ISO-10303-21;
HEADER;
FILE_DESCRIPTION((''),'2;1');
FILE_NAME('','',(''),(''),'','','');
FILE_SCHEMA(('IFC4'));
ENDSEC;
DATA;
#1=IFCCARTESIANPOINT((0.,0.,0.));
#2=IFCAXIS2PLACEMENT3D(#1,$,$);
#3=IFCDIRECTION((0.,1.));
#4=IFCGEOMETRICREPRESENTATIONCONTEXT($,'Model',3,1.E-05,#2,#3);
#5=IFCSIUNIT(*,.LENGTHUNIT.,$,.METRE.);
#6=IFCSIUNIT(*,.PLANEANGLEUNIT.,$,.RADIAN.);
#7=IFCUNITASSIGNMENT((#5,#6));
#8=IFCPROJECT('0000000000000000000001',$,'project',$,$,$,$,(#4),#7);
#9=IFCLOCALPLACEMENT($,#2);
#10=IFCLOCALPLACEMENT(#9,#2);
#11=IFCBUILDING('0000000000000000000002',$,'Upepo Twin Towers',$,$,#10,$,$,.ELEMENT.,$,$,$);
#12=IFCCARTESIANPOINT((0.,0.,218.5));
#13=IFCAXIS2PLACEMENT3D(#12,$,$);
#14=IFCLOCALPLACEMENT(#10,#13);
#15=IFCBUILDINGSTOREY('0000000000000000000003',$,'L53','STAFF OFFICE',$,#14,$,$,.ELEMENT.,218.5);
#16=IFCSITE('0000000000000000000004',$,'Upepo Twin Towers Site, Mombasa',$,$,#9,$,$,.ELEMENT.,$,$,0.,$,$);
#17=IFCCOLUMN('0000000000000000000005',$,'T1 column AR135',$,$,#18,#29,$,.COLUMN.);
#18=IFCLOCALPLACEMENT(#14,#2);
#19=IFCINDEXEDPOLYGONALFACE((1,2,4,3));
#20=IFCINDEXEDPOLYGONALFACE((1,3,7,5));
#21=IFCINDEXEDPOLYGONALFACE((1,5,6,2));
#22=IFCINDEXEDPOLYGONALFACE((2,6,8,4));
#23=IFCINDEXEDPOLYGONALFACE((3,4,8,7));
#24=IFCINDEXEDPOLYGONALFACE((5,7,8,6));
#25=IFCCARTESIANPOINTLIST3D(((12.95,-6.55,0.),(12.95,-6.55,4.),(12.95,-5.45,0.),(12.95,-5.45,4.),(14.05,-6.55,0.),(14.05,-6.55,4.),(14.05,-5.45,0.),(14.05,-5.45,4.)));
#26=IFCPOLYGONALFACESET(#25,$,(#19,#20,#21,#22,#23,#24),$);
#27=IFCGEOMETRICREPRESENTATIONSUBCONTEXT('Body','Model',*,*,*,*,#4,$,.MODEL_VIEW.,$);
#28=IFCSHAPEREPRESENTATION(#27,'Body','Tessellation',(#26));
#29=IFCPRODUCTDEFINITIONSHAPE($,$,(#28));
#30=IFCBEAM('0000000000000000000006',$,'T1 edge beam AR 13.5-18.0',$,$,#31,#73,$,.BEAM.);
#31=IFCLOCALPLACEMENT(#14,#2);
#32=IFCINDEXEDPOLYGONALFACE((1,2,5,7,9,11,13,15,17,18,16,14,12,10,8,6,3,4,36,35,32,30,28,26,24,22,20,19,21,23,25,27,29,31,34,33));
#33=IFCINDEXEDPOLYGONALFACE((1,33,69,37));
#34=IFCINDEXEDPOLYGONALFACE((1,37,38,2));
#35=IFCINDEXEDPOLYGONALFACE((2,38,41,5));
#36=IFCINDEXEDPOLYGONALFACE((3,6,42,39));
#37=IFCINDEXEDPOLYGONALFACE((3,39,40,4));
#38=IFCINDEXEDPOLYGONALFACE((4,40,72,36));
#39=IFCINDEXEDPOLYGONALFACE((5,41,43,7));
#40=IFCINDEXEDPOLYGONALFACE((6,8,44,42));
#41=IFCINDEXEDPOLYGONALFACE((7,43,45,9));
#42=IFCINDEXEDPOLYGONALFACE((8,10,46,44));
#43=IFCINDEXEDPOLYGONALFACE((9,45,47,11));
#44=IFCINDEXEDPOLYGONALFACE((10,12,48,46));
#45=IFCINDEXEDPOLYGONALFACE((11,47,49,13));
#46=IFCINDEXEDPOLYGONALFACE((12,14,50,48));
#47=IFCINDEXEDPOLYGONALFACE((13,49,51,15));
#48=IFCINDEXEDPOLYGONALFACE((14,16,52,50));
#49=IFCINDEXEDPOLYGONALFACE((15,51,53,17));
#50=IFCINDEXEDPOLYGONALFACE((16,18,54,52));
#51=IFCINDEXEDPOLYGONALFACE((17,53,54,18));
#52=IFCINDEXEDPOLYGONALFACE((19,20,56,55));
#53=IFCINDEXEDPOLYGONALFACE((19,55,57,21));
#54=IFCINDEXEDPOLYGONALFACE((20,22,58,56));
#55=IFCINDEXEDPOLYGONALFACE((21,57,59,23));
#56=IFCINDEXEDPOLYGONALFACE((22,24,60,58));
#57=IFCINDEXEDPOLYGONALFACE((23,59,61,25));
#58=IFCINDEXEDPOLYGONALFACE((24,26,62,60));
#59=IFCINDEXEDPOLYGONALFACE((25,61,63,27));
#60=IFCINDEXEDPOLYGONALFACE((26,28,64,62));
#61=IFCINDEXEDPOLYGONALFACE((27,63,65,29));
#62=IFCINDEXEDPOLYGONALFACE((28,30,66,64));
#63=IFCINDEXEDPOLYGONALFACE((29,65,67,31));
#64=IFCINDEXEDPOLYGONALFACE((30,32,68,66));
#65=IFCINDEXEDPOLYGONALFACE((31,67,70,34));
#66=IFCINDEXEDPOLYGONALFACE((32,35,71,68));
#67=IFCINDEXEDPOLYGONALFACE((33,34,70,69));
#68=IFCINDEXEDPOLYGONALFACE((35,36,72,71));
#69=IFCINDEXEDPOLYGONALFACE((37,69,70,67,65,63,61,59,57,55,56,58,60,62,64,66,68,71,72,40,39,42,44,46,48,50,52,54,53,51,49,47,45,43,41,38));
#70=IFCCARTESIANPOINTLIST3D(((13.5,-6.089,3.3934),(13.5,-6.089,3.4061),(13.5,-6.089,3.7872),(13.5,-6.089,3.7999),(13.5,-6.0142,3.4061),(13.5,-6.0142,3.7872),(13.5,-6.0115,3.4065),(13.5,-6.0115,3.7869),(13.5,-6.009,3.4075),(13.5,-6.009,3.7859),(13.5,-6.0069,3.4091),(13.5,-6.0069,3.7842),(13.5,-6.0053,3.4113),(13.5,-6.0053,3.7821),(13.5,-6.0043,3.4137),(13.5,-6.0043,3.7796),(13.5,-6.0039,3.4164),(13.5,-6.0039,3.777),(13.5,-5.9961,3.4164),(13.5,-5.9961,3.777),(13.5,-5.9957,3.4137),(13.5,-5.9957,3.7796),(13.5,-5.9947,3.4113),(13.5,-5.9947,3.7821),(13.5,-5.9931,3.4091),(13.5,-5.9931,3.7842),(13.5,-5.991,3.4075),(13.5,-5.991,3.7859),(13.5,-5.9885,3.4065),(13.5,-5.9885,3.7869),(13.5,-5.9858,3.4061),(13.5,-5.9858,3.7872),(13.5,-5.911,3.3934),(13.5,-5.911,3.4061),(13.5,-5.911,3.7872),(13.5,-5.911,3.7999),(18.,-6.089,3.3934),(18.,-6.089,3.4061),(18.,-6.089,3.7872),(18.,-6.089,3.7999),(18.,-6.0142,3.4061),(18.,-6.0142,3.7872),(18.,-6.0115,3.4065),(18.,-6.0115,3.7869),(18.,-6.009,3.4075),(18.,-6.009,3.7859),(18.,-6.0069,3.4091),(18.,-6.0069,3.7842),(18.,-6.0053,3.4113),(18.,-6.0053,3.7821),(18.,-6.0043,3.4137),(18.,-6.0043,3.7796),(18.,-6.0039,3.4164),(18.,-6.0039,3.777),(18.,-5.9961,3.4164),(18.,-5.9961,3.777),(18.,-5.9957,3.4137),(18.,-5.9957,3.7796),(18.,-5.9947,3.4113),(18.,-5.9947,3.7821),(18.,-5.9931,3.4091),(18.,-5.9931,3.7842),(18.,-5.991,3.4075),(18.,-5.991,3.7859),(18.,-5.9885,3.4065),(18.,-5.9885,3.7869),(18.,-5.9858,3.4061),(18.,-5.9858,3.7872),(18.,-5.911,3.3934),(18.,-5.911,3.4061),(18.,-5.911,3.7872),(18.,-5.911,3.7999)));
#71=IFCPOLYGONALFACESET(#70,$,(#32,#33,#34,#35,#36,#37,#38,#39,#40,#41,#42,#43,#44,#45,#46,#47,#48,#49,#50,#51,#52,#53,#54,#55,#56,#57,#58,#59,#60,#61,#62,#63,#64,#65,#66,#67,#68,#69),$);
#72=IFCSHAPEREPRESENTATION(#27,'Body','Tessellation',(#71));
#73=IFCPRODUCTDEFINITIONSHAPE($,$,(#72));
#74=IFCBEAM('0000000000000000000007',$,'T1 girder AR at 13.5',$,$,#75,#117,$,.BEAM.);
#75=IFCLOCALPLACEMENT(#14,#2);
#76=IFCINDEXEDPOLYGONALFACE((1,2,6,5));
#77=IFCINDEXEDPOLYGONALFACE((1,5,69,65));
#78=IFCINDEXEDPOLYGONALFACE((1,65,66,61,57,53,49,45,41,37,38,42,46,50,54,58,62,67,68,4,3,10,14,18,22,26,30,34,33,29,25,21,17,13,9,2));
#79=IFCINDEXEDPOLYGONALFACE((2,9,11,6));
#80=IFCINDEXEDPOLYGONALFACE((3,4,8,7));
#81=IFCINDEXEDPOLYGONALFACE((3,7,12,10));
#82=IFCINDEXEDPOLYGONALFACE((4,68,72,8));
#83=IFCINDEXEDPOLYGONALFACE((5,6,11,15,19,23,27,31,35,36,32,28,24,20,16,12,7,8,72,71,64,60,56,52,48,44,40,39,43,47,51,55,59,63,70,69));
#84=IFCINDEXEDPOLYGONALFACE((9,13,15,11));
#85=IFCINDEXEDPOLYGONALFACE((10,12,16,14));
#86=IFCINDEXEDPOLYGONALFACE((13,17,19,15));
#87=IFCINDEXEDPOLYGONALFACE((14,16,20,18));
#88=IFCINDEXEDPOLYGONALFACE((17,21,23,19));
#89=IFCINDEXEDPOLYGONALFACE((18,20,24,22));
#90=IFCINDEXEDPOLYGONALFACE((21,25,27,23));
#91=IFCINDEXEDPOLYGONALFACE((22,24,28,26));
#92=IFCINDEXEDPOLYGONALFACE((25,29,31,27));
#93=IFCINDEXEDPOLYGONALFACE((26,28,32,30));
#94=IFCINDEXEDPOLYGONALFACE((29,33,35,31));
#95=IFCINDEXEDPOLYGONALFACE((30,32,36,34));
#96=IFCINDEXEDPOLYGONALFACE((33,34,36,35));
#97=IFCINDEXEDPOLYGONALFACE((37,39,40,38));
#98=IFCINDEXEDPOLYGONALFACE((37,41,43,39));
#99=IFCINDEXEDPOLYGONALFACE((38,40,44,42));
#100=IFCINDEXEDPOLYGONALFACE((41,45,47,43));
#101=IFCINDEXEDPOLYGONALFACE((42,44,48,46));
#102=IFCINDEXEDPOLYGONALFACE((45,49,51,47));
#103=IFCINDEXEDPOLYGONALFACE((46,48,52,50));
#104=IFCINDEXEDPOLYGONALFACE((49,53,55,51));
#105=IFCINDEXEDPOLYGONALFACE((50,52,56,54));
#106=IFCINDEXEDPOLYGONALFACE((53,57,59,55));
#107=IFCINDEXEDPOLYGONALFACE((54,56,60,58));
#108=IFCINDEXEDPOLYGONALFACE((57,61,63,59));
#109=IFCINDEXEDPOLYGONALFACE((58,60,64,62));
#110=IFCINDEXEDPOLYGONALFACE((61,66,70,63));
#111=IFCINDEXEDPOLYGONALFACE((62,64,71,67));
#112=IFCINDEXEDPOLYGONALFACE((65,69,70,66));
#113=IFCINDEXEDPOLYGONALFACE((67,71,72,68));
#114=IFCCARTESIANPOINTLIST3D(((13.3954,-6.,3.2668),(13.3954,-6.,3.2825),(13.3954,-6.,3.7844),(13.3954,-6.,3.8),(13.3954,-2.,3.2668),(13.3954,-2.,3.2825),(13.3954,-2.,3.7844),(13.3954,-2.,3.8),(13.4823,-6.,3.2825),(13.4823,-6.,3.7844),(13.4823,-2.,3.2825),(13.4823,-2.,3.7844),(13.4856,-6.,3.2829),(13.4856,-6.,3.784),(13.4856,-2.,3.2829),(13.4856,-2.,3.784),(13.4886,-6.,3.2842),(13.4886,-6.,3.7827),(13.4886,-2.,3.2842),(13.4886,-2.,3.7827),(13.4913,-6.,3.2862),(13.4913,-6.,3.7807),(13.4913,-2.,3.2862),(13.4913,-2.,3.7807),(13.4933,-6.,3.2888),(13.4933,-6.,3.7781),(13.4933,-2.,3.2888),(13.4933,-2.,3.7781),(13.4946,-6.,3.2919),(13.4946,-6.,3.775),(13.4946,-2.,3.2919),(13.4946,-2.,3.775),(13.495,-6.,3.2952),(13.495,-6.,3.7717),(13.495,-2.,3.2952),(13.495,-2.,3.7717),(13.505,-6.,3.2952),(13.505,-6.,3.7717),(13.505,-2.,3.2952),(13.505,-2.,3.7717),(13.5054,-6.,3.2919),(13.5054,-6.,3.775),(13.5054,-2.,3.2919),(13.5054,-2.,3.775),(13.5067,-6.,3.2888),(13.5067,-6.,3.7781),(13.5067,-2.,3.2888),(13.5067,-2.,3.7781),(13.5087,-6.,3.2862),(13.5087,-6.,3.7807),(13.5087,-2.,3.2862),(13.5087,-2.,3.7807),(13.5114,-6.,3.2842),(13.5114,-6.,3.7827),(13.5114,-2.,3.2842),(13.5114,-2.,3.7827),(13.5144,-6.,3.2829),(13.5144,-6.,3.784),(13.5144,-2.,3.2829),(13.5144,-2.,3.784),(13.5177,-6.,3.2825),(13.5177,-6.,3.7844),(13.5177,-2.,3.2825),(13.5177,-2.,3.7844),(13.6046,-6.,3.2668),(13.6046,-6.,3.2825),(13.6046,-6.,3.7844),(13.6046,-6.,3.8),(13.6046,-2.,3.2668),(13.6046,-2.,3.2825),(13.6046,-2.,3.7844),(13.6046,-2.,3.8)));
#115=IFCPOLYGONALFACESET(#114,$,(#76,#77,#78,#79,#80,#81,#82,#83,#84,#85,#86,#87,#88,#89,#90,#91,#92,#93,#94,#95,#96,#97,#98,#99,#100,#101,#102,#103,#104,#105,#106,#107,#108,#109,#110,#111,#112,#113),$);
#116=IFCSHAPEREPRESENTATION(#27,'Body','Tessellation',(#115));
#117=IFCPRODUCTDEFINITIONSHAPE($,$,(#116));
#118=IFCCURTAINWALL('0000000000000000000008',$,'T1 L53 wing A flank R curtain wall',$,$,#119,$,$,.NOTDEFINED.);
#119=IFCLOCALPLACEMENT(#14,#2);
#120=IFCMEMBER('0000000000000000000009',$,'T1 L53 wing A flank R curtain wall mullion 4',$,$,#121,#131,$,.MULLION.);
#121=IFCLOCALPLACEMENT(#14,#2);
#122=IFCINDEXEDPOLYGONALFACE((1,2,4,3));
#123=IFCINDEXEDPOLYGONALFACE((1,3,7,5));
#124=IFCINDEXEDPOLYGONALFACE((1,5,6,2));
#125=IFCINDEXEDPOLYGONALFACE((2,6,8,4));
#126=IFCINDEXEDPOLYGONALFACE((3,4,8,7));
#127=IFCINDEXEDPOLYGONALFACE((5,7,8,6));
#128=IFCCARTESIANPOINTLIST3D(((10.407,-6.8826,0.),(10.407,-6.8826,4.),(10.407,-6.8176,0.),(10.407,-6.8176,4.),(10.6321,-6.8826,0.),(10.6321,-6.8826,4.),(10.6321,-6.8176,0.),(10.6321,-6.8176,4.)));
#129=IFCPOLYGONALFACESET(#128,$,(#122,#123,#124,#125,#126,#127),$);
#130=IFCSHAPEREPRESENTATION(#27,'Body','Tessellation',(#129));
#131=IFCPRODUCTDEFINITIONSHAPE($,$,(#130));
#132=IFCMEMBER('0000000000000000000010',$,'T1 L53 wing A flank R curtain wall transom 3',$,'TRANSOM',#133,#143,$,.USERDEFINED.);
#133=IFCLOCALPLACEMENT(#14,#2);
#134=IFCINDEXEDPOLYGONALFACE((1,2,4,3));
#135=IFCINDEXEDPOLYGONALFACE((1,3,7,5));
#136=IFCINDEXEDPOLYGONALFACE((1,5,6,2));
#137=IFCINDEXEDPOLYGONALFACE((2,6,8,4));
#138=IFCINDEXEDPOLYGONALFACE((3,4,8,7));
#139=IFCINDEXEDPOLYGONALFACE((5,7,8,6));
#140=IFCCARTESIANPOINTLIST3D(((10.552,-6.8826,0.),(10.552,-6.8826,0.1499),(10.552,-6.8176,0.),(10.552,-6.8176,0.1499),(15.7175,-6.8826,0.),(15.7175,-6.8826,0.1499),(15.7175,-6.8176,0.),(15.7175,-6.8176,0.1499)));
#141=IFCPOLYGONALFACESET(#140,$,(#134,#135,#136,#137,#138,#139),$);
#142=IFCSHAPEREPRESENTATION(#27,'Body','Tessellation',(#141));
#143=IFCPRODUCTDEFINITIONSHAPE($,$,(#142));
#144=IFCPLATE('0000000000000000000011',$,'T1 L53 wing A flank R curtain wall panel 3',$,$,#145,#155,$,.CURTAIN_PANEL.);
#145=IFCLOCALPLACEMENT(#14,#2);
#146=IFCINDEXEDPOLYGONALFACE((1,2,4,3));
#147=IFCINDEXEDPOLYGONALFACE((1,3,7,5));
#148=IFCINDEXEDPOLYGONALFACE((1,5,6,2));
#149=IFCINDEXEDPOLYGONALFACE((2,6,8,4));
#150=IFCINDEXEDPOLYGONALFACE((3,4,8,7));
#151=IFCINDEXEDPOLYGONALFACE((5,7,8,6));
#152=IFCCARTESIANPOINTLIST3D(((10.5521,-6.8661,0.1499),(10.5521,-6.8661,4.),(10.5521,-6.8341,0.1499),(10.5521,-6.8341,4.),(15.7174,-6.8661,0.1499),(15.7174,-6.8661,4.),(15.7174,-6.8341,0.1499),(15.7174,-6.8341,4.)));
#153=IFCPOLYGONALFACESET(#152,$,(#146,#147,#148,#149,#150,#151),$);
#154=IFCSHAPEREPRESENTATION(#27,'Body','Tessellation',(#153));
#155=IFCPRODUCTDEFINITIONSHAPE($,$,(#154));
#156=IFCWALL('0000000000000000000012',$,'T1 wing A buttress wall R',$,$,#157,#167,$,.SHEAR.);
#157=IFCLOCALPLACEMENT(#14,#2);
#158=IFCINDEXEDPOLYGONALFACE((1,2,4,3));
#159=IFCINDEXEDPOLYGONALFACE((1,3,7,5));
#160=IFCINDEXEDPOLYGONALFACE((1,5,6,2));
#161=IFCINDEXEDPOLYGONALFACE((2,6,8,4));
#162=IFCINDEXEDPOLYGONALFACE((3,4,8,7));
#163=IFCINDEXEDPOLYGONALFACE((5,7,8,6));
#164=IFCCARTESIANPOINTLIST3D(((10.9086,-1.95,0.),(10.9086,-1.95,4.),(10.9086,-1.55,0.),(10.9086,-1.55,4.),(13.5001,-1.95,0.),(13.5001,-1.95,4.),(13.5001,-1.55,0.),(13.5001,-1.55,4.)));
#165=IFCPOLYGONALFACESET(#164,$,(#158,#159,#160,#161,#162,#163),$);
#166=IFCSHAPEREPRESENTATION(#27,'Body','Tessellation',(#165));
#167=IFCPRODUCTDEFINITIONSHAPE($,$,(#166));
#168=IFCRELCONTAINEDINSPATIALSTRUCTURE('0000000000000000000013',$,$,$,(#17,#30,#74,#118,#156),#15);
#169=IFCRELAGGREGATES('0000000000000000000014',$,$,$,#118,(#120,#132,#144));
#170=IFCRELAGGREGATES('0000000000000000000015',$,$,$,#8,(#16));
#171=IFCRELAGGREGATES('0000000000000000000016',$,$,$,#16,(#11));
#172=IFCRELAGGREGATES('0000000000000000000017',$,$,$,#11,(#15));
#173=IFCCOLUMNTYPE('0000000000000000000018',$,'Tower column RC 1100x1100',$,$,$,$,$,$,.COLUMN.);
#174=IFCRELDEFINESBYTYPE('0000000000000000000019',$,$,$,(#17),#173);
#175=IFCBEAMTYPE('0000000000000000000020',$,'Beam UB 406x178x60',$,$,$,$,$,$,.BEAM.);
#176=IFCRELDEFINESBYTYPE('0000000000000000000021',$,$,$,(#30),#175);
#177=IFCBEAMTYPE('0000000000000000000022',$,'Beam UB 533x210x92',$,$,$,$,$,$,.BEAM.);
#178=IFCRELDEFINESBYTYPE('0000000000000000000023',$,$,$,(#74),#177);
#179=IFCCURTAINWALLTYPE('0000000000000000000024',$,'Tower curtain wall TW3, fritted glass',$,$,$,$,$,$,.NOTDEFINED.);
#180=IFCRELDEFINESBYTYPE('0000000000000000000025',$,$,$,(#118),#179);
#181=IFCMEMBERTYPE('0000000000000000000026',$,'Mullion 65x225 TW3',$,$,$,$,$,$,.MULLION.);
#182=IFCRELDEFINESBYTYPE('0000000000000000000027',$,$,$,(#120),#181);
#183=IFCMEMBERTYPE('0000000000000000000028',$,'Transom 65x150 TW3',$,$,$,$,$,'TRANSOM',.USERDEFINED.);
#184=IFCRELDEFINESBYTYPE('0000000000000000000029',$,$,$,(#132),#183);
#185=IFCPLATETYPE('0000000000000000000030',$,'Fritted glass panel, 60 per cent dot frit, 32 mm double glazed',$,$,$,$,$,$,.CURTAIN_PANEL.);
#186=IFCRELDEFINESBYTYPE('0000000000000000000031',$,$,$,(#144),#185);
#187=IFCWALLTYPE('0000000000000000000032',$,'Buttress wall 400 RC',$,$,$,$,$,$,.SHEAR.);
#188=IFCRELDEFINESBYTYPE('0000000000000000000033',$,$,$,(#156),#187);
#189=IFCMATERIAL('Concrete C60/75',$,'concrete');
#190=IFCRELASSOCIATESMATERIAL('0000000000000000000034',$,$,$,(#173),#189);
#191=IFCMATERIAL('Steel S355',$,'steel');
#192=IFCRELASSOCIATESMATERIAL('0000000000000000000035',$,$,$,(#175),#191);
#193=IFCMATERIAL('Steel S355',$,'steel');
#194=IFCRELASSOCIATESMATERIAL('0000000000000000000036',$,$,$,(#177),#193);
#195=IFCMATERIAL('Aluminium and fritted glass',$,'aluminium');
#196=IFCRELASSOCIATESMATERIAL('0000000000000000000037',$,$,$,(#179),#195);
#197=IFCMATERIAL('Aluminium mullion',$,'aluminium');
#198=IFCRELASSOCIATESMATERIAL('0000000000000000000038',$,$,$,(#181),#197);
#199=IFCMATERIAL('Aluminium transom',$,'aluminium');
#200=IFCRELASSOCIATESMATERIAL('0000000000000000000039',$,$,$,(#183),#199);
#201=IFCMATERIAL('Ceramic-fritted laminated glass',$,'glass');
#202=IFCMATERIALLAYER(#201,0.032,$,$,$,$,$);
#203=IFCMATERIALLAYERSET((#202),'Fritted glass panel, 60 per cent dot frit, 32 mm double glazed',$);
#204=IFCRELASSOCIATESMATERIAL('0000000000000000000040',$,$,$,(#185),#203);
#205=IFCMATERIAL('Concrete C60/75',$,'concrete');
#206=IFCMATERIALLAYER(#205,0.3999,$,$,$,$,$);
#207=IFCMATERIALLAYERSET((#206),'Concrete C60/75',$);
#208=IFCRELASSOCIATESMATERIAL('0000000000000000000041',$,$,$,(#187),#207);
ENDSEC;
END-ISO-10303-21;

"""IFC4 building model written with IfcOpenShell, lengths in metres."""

from ifc_helpers import new_model, si_unit, direction, frame, frame_2d, origin, origin_2d, place, context, subcontext, project, spatial, rectangle, i_section, extrude, material, layer, layer_set, material_profile, profile_set, type_object, element, aggregate, save


model = new_model("IFC4")

# Units and contexts
model_context = context("Model", 3, precision=1e-05, world=origin(), true_north=direction((0.0, 1.0)))
body_context = subcontext(model_context, "Body", "Model", "MODEL_VIEW")
ifc_project = project(units=[si_unit("LENGTHUNIT", "METRE"), si_unit("PLANEANGLEUNIT", "RADIAN")], contexts=[model_context])

# Site, building, storey
site_placement = place(None, origin())
site = spatial("IfcSite", under=ifc_project, at=site_placement, Name="Upepo Twin Towers Site, Mombasa", CompositionType="ELEMENT", RefElevation=0.0)
building_placement = place(site_placement, origin())
building = spatial("IfcBuilding", under=site, at=building_placement, Name="Upepo Twin Towers", CompositionType="ELEMENT")
storey_placement = place(building_placement, frame((0.0, 0.0, 218.5)))
storey = spatial("IfcBuildingStorey", under=building, at=storey_placement, Name="L53", Description="STAFF OFFICE", CompositionType="ELEMENT", Elevation=218.5)

# Column
ifc_material_1 = material(Name="Concrete C60/75", Category="concrete")
ifc_material_profile_1 = material_profile(ifc_material_1, rectangle(XDim=1.1001, YDim=1.1001, at=origin_2d()), Name="RC 1100x1100")
ifc_profile_set_1 = profile_set([ifc_material_profile_1], Name="Concrete C60/75")
column_type = type_object("IfcColumnType", Name="Tower column RC 1100x1100", PredefinedType="COLUMN", material=ifc_profile_set_1)
column_placement = place(storey_placement, frame((13.5, -6.0, 0.0), z_axis=(0.0, 0.0, 1.0), x_axis=(1.0, 0.0, 0.0)))
element("IfcColumn", 1, at=column_placement, inside=storey, type_object=column_type, Name="T1 column AR135", PredefinedType="COLUMN", context=body_context, shape_type="SweptSolid", body=[
    extrude(rectangle(XDim=1.1001, YDim=1.1001, at=origin_2d()), origin(), (0.0, 0.0, 1.0), 4.0),
])

# Beams
ifc_material_2 = material(Name="Steel S355", Category="steel")
ifc_material_profile_2 = material_profile(ifc_material_2, i_section(OverallWidth=0.178, OverallDepth=0.4065, WebThickness=0.0078, FlangeThickness=0.0127, FilletRadius=0.0103, at=origin_2d()), Name="UB 406x178x60")
ifc_profile_set_2 = profile_set([ifc_material_profile_2], Name="Steel S355")
beam_type_1 = type_object("IfcBeamType", Name="Beam UB 406x178x60", PredefinedType="BEAM", material=ifc_profile_set_2)
beam_1_placement = place(storey_placement, frame((13.5, -6.0, 3.5967), z_axis=(1.0, 0.0, 0.0), x_axis=(0.0, 1.0, 0.0)))
element("IfcBeam", 2, at=beam_1_placement, inside=storey, type_object=beam_type_1, Name="T1 edge beam AR 13.5-18.0", PredefinedType="BEAM", context=body_context, shape_type="SweptSolid", body=[
    extrude(i_section(OverallWidth=0.178, OverallDepth=0.4065, WebThickness=0.0078, FlangeThickness=0.0127, FilletRadius=0.0103, at=origin_2d()), origin(), (0.0, 0.0, 1.0), 4.5),
])
ifc_material_3 = material(Name="Steel S355", Category="steel")
ifc_material_profile_3 = material_profile(ifc_material_3, i_section(OverallWidth=0.2092, OverallDepth=0.5332, WebThickness=0.01, FlangeThickness=0.0156, FilletRadius=0.0127, at=origin_2d()), Name="UB 533x210x92")
ifc_profile_set_3 = profile_set([ifc_material_profile_3], Name="Steel S355")
beam_type_2 = type_object("IfcBeamType", Name="Beam UB 533x210x92", PredefinedType="BEAM", material=ifc_profile_set_3)
beam_2_placement = place(storey_placement, frame((13.5, -6.0, 3.5334), z_axis=(0.0, 1.0, 0.0), x_axis=(-1.0, 0.0, 0.0)))
element("IfcBeam", 3, at=beam_2_placement, inside=storey, type_object=beam_type_2, Name="T1 girder AR at 13.5", PredefinedType="BEAM", context=body_context, shape_type="SweptSolid", body=[
    extrude(i_section(OverallWidth=0.2092, OverallDepth=0.5332, WebThickness=0.01, FlangeThickness=0.0156, FilletRadius=0.0127, at=origin_2d()), origin(), (0.0, 0.0, 1.0), 4.0),
])

# Curtain wall, members, plate
ifc_material_4 = material(Name="Aluminium and fritted glass", Category="aluminium")
curtain_wall_type = type_object("IfcCurtainWallType", Name="Tower curtain wall TW3, fritted glass", PredefinedType="NOTDEFINED", material=ifc_material_4)
curtain_wall_placement = place(storey_placement, origin())
curtain_wall = element("IfcCurtainWall", 4, at=curtain_wall_placement, inside=storey, type_object=curtain_wall_type, Name="T1 L53 wing A flank R curtain wall", PredefinedType="NOTDEFINED")
ifc_material_5 = material(Name="Aluminium mullion", Category="aluminium")
ifc_material_profile_4 = material_profile(ifc_material_5, rectangle(XDim=0.0649, YDim=0.2251, at=origin_2d()), Name="MULLION 65x225")
ifc_profile_set_4 = profile_set([ifc_material_profile_4], Name="Aluminium mullion")
member_type_1 = type_object("IfcMemberType", Name="Mullion 65x225 TW3", PredefinedType="MULLION", material=ifc_profile_set_4)
member_1_placement = place(storey_placement, frame((10.5195, -6.8501, 0.0), z_axis=(0.0, 0.0, 1.0), x_axis=(0.0, -1.0, 0.0)))
member_1 = element("IfcMember", 5, at=member_1_placement, type_object=member_type_1, Name="T1 L53 wing A flank R curtain wall mullion 4", PredefinedType="MULLION", context=body_context, shape_type="SweptSolid", body=[
    extrude(rectangle(XDim=0.0649, YDim=0.2251, at=origin_2d()), origin(), (0.0, 0.0, 1.0), 4.0),
])
ifc_material_6 = material(Name="Aluminium transom", Category="aluminium")
ifc_material_profile_5 = material_profile(ifc_material_6, rectangle(XDim=0.0649, YDim=0.1499, at=origin_2d()), Name="TRANSOM 65x150")
ifc_profile_set_5 = profile_set([ifc_material_profile_5], Name="Aluminium transom")
member_type_2 = type_object("IfcMemberType", Name="Transom 65x150 TW3", ElementType="TRANSOM", PredefinedType="USERDEFINED", material=ifc_profile_set_5)
member_2_placement = place(storey_placement, frame((15.7175, -6.8501, 0.075), z_axis=(-1.0, 0.0, 0.0), x_axis=(0.0, -1.0, 0.0)))
member_2 = element("IfcMember", 6, at=member_2_placement, type_object=member_type_2, Name="T1 L53 wing A flank R curtain wall transom 3", ObjectType="TRANSOM", PredefinedType="USERDEFINED", context=body_context, shape_type="SweptSolid", body=[
    extrude(rectangle(XDim=0.0649, YDim=0.1499, at=origin_2d()), origin(), (0.0, 0.0, 1.0), 5.1655),
])
ifc_material_7 = material(Name="Ceramic-fritted laminated glass", Category="glass")
ifc_layer_1 = layer(ifc_material_7, 0.032)
ifc_layer_set_1 = layer_set([ifc_layer_1], Name="Fritted glass panel, 60 per cent dot frit, 32 mm double glazed")
plate_type = type_object("IfcPlateType", Name="Fritted glass panel, 60 per cent dot frit, 32 mm double glazed", PredefinedType="CURTAIN_PANEL", material=ifc_layer_set_1)
plate_placement = place(storey_placement, frame((13.1348, -6.8501, 0.1499), z_axis=(0.0, 0.0, 1.0), x_axis=(-1.0, 0.0, 0.0)))
plate = element("IfcPlate", 7, at=plate_placement, type_object=plate_type, Name="T1 L53 wing A flank R curtain wall panel 3", PredefinedType="CURTAIN_PANEL", context=body_context, shape_type="SweptSolid", body=[
    extrude(rectangle(XDim=5.1653, YDim=0.032, at=origin_2d()), origin(), (0.0, 0.0, 1.0), 3.8501),
])
aggregate(curtain_wall, [member_1, member_2, plate])

# Wall
ifc_material_8 = material(Name="Concrete C60/75", Category="concrete")
ifc_layer_2 = layer(ifc_material_8, 0.3999)
ifc_layer_set_2 = layer_set([ifc_layer_2], Name="Concrete C60/75")
wall_type_1 = type_object("IfcWallType", Name="Buttress wall 400 RC", PredefinedType="SHEAR", material=ifc_layer_set_2)
wall_1_placement = place(storey_placement, frame((10.9084, -1.75, 0.0), z_axis=(0.0, 0.0, 1.0), x_axis=(1.0, 0.0, 0.0)))
element("IfcWall", 8, at=wall_1_placement, inside=storey, type_object=wall_type_1, Name="T1 wing A buttress wall R", PredefinedType="SHEAR", context=body_context, shape_type="SweptSolid", body=[
    extrude(rectangle(XDim=2.5916, YDim=0.3999, at=frame_2d((1.2959, 0.0))), origin(), (0.0, 0.0, 1.0), 4.0),
])

save(model, "model.ifc")
